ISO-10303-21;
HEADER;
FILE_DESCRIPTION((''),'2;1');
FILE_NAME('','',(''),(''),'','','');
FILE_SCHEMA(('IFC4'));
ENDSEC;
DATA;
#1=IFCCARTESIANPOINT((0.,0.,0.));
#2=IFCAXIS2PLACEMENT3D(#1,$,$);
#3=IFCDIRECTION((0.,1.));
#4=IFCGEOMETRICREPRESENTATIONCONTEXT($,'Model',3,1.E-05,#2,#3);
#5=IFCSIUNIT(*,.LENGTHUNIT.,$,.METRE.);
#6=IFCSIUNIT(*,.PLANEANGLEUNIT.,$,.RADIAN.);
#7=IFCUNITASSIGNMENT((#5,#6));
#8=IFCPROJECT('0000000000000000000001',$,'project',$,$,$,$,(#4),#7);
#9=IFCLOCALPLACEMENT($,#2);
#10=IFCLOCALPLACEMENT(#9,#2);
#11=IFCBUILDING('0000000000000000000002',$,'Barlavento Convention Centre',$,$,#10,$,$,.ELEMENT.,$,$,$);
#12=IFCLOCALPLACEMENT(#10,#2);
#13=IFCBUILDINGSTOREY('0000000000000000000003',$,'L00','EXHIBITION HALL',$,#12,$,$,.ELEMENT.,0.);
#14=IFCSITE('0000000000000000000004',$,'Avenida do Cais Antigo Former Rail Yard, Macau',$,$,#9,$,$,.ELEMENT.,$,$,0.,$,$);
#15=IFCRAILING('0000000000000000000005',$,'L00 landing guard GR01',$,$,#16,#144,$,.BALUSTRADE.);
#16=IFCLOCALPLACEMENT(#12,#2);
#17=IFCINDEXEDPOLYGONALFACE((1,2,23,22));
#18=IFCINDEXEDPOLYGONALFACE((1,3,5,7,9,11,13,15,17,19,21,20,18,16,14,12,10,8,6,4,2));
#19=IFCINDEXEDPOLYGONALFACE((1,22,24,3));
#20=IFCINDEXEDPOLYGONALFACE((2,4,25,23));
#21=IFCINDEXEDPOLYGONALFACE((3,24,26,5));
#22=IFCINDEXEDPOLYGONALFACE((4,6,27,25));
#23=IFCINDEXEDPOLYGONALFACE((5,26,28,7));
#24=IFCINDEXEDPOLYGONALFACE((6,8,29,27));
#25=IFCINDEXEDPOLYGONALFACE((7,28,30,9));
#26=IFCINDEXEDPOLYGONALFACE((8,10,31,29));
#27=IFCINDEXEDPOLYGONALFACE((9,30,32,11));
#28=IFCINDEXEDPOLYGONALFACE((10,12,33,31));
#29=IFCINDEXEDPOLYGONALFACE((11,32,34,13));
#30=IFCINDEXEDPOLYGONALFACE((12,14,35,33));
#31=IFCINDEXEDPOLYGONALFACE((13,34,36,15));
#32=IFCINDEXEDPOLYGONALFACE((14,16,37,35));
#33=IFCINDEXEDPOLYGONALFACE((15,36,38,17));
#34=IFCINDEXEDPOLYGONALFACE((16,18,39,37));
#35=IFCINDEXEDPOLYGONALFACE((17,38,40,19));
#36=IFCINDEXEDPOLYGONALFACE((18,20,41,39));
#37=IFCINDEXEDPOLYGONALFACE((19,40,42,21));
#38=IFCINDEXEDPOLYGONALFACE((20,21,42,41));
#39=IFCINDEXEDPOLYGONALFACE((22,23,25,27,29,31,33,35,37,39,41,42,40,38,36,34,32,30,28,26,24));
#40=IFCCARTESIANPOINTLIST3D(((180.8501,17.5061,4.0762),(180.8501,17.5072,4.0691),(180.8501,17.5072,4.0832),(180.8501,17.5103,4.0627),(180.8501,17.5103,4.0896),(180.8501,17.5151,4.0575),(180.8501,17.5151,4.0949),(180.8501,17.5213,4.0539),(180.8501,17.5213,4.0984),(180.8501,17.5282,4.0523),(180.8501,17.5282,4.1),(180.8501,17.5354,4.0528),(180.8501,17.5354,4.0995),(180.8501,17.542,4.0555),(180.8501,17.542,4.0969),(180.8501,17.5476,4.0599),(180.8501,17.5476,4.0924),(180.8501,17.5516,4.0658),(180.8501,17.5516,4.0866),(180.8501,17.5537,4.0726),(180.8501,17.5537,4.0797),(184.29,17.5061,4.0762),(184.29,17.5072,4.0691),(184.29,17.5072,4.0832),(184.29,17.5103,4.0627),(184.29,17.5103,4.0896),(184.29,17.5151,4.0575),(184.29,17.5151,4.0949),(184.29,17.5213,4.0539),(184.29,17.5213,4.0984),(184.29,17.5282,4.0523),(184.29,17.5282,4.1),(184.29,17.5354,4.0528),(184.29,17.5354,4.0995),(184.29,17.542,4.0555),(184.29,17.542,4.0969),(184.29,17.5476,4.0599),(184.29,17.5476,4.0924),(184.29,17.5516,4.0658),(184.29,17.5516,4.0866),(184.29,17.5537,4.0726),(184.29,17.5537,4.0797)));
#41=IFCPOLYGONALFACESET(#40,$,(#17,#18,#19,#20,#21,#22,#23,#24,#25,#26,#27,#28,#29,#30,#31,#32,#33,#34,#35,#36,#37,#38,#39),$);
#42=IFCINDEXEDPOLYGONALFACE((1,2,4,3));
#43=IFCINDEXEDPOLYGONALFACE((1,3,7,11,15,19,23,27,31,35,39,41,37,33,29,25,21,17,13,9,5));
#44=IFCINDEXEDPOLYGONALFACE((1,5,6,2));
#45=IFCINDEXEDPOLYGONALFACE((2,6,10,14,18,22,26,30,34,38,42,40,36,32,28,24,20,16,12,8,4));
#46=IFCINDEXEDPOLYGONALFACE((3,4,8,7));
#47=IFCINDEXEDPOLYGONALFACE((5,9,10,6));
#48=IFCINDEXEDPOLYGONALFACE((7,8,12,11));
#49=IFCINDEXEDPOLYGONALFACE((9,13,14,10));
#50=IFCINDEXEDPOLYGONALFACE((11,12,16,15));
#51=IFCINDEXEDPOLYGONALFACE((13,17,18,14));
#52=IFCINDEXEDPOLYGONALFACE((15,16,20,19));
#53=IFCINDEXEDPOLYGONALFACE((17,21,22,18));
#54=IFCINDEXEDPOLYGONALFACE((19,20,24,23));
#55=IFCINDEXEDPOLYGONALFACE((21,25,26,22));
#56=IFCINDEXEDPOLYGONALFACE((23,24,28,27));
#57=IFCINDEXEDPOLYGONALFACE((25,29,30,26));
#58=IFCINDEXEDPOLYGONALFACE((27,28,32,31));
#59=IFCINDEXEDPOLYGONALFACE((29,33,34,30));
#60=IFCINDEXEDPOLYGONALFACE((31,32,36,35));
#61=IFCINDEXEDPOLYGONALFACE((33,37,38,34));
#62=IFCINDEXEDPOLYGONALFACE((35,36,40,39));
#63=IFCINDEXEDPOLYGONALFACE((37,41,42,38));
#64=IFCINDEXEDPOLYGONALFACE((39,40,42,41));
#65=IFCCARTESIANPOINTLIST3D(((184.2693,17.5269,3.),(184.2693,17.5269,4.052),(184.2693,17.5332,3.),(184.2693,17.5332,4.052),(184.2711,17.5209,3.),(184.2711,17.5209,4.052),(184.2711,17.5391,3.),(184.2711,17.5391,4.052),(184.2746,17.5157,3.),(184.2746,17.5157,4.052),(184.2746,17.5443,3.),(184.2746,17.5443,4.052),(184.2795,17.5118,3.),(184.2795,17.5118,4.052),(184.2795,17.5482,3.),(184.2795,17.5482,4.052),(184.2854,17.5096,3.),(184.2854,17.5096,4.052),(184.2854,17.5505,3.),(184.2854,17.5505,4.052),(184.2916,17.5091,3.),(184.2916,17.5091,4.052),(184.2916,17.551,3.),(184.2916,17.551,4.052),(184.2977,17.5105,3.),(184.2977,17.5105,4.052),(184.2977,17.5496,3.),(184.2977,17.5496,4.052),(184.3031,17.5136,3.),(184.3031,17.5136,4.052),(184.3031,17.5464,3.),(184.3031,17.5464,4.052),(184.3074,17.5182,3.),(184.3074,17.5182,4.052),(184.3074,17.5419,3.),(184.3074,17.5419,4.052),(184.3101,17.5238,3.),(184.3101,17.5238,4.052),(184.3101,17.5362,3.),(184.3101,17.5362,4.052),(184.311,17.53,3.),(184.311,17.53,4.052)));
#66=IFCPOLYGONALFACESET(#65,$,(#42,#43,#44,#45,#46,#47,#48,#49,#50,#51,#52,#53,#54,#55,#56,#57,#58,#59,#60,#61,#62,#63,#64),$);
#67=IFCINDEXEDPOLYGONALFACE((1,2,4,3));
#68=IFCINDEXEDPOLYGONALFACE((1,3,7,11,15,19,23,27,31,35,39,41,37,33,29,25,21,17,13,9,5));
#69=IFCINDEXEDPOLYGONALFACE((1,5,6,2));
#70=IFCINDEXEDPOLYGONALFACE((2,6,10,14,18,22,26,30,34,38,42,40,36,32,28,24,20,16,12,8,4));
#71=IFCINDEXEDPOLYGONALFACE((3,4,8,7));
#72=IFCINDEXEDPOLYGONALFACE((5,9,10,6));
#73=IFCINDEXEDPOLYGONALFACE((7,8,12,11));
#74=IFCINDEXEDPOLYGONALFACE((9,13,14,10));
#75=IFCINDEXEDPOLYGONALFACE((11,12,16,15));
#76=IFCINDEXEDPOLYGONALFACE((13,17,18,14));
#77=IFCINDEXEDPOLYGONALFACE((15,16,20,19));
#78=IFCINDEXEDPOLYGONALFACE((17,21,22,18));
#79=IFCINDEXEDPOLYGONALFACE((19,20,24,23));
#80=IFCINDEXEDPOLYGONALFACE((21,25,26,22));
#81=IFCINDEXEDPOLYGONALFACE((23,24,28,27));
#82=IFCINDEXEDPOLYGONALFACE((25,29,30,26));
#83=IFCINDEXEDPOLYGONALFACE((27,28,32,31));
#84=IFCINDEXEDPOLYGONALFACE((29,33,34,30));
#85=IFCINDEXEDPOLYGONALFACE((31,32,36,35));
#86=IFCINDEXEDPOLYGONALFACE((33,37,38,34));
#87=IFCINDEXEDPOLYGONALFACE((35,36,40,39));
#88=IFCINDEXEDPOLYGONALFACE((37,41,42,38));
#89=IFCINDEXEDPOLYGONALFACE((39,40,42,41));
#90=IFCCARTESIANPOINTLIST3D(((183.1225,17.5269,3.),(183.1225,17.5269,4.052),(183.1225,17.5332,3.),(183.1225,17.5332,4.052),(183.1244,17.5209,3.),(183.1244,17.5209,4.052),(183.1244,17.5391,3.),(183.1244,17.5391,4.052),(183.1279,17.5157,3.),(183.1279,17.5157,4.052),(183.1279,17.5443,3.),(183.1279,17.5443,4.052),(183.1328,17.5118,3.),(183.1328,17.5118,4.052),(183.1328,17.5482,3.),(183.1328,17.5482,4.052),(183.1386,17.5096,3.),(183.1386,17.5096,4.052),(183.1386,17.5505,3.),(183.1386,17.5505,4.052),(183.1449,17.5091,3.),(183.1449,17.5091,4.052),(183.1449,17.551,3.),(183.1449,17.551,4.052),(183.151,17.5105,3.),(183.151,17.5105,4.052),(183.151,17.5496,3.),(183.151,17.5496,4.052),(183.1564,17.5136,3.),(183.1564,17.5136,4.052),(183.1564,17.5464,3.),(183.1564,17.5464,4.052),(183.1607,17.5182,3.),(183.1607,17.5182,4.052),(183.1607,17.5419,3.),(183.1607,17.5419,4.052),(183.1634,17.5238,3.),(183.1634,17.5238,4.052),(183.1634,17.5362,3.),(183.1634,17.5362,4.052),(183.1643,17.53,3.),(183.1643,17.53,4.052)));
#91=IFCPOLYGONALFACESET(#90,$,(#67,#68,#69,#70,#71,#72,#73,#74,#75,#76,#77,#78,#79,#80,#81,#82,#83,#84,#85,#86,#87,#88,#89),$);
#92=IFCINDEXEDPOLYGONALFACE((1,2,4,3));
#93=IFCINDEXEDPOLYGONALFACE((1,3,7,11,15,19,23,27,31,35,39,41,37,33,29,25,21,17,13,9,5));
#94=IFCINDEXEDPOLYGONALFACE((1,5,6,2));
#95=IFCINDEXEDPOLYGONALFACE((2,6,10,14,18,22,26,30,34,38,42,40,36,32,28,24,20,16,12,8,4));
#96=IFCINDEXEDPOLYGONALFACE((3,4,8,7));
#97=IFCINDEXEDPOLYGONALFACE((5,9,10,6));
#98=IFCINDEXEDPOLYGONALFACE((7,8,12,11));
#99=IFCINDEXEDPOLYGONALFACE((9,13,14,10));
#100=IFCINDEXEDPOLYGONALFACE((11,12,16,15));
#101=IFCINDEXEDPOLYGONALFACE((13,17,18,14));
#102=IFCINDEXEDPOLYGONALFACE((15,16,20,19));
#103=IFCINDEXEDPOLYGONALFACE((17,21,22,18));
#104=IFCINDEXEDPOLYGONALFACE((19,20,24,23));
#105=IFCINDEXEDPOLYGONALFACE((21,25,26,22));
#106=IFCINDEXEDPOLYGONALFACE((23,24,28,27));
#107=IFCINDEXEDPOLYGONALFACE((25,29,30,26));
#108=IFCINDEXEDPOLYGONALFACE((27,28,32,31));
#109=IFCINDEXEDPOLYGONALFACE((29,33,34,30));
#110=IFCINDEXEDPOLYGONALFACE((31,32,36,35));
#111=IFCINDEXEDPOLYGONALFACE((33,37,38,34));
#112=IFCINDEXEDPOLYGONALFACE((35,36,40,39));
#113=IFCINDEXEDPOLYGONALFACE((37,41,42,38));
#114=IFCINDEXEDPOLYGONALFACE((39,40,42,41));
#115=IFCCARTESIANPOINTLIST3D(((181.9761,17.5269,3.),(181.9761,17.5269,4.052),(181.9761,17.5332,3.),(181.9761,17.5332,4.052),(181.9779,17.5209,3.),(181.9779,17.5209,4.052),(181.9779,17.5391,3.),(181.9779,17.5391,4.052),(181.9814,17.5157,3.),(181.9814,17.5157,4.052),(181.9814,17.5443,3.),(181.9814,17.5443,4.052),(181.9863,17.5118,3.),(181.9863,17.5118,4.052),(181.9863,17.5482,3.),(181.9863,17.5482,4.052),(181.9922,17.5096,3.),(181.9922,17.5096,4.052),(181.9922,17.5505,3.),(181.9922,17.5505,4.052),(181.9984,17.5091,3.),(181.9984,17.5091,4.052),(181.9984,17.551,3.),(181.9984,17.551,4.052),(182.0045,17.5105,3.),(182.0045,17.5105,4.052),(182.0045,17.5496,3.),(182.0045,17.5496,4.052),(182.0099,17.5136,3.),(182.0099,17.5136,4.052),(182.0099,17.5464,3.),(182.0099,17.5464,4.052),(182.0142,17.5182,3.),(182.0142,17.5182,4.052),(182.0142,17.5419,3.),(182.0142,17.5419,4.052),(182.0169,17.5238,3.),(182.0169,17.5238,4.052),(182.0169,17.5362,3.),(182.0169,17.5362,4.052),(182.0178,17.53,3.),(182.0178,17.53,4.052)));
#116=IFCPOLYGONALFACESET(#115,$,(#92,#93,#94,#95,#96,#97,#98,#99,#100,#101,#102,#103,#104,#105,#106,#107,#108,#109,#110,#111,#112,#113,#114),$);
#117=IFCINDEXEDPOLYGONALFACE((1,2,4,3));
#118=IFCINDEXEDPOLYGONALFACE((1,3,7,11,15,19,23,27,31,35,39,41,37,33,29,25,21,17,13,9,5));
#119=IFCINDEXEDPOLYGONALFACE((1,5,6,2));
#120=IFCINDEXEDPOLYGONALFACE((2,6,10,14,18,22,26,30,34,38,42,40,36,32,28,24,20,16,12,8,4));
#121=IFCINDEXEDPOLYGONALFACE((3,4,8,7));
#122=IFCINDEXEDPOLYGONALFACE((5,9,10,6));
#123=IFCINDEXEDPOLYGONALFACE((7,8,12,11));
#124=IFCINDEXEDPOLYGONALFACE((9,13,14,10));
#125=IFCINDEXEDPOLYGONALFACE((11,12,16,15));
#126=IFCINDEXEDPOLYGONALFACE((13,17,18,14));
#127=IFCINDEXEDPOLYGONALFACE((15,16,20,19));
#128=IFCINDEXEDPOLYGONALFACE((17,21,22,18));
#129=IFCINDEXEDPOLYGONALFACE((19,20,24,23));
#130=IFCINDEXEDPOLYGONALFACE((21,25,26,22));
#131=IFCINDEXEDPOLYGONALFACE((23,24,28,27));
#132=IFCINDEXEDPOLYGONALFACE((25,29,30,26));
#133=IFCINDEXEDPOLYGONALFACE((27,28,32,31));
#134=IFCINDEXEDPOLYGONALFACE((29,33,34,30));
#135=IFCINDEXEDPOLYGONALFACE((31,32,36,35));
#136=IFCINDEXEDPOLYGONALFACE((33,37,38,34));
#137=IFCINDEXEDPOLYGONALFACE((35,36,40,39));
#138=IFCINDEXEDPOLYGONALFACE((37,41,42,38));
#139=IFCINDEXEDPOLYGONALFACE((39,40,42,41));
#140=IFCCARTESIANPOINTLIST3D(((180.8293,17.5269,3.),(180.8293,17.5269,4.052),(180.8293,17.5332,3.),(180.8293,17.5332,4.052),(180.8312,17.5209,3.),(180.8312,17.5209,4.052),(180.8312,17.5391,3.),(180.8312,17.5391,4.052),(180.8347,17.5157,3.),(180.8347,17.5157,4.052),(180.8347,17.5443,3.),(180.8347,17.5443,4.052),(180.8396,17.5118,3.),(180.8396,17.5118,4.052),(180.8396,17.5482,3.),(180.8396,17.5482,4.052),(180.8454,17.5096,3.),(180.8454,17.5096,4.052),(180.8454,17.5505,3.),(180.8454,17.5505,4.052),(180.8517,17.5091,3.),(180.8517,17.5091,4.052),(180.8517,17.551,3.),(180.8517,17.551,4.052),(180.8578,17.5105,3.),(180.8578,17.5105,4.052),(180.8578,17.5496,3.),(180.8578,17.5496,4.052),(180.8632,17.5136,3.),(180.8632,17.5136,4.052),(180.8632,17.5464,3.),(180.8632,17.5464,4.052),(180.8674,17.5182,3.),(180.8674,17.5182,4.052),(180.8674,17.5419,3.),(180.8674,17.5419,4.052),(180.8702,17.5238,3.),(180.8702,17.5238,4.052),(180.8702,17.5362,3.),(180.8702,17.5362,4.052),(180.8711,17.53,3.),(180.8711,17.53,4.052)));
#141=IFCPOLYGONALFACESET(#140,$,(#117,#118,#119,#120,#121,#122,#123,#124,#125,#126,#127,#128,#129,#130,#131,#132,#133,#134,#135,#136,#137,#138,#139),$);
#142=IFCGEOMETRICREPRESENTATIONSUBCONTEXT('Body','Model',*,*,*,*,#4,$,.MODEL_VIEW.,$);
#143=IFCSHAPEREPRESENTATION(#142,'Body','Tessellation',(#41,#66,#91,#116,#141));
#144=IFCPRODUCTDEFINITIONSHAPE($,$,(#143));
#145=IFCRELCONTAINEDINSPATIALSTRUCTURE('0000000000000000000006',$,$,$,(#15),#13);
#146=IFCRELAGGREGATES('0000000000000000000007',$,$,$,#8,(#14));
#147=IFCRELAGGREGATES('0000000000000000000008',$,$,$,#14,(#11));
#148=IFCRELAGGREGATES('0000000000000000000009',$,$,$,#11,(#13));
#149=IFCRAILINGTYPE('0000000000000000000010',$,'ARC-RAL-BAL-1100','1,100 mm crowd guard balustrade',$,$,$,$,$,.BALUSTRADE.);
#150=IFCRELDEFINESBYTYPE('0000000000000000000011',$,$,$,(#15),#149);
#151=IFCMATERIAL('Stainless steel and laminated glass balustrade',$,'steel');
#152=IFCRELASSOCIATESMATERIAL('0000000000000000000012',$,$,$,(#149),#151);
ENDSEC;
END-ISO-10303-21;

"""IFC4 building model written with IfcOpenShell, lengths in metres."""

from ifc_helpers import new_model, si_unit, direction, frame, origin, origin_2d, place, context, subcontext, project, spatial, circle, extrude, material, type_object, element, save


model = new_model("IFC4")

# Units and contexts
model_context = context("Model", 3, precision=1e-05, world=origin(), true_north=direction((0.0, 1.0)))
body_context = subcontext(model_context, "Body", "Model", "MODEL_VIEW")
ifc_project = project(units=[si_unit("LENGTHUNIT", "METRE"), si_unit("PLANEANGLEUNIT", "RADIAN")], contexts=[model_context])

# Site, building, storey
site_placement = place(None, origin())
site = spatial("IfcSite", under=ifc_project, at=site_placement, Name="Avenida do Cais Antigo Former Rail Yard, Macau", CompositionType="ELEMENT", RefElevation=0.0)
building_placement = place(site_placement, origin())
building = spatial("IfcBuilding", under=site, at=building_placement, Name="Barlavento Convention Centre", CompositionType="ELEMENT")
storey_placement = place(building_placement, origin())
storey = spatial("IfcBuildingStorey", under=building, at=storey_placement, Name="L00", Description="EXHIBITION HALL", CompositionType="ELEMENT", Elevation=0.0)

# Railing
ifc_material_1 = material(Name="Stainless steel and laminated glass balustrade", Category="steel")
railing_type = type_object("IfcRailingType", Name="ARC-RAL-BAL-1100", Description="1,100 mm crowd guard balustrade", PredefinedType="BALUSTRADE", material=ifc_material_1)
for number, where, name in (
    (1, (184.29, 17.53, 3.0), "L00 landing guard GR01"),
):
    element("IfcRailing", number, at=place(storey_placement, frame(where)), inside=storey, type_object=railing_type, Name=name, PredefinedType="BALUSTRADE", context=body_context, shape_type="SweptSolid", body=[
        extrude(circle(Radius=0.0239, at=origin_2d()), frame((0.0, 0.0, 1.0762), z_axis=(-1.0, 0.0, 0.0), x_axis=(0.0, -1.0, 0.0)), (0.0, 0.0, 1.0), 3.4399),
        extrude(circle(Radius=0.021, at=origin_2d()), origin(), (0.0, 0.0, 1.0), 1.052),
        extrude(circle(Radius=0.021, at=origin_2d()), frame((-1.1467, 0.0, 0.0)), (0.0, 0.0, 1.0), 1.052),
        extrude(circle(Radius=0.021, at=origin_2d()), frame((-2.2932, 0.0, 0.0)), (0.0, 0.0, 1.0), 1.052),
        extrude(circle(Radius=0.021, at=origin_2d()), frame((-3.4399, 0.0, 0.0)), (0.0, 0.0, 1.0), 1.052),
    ])

save(model, "model.ifc")
